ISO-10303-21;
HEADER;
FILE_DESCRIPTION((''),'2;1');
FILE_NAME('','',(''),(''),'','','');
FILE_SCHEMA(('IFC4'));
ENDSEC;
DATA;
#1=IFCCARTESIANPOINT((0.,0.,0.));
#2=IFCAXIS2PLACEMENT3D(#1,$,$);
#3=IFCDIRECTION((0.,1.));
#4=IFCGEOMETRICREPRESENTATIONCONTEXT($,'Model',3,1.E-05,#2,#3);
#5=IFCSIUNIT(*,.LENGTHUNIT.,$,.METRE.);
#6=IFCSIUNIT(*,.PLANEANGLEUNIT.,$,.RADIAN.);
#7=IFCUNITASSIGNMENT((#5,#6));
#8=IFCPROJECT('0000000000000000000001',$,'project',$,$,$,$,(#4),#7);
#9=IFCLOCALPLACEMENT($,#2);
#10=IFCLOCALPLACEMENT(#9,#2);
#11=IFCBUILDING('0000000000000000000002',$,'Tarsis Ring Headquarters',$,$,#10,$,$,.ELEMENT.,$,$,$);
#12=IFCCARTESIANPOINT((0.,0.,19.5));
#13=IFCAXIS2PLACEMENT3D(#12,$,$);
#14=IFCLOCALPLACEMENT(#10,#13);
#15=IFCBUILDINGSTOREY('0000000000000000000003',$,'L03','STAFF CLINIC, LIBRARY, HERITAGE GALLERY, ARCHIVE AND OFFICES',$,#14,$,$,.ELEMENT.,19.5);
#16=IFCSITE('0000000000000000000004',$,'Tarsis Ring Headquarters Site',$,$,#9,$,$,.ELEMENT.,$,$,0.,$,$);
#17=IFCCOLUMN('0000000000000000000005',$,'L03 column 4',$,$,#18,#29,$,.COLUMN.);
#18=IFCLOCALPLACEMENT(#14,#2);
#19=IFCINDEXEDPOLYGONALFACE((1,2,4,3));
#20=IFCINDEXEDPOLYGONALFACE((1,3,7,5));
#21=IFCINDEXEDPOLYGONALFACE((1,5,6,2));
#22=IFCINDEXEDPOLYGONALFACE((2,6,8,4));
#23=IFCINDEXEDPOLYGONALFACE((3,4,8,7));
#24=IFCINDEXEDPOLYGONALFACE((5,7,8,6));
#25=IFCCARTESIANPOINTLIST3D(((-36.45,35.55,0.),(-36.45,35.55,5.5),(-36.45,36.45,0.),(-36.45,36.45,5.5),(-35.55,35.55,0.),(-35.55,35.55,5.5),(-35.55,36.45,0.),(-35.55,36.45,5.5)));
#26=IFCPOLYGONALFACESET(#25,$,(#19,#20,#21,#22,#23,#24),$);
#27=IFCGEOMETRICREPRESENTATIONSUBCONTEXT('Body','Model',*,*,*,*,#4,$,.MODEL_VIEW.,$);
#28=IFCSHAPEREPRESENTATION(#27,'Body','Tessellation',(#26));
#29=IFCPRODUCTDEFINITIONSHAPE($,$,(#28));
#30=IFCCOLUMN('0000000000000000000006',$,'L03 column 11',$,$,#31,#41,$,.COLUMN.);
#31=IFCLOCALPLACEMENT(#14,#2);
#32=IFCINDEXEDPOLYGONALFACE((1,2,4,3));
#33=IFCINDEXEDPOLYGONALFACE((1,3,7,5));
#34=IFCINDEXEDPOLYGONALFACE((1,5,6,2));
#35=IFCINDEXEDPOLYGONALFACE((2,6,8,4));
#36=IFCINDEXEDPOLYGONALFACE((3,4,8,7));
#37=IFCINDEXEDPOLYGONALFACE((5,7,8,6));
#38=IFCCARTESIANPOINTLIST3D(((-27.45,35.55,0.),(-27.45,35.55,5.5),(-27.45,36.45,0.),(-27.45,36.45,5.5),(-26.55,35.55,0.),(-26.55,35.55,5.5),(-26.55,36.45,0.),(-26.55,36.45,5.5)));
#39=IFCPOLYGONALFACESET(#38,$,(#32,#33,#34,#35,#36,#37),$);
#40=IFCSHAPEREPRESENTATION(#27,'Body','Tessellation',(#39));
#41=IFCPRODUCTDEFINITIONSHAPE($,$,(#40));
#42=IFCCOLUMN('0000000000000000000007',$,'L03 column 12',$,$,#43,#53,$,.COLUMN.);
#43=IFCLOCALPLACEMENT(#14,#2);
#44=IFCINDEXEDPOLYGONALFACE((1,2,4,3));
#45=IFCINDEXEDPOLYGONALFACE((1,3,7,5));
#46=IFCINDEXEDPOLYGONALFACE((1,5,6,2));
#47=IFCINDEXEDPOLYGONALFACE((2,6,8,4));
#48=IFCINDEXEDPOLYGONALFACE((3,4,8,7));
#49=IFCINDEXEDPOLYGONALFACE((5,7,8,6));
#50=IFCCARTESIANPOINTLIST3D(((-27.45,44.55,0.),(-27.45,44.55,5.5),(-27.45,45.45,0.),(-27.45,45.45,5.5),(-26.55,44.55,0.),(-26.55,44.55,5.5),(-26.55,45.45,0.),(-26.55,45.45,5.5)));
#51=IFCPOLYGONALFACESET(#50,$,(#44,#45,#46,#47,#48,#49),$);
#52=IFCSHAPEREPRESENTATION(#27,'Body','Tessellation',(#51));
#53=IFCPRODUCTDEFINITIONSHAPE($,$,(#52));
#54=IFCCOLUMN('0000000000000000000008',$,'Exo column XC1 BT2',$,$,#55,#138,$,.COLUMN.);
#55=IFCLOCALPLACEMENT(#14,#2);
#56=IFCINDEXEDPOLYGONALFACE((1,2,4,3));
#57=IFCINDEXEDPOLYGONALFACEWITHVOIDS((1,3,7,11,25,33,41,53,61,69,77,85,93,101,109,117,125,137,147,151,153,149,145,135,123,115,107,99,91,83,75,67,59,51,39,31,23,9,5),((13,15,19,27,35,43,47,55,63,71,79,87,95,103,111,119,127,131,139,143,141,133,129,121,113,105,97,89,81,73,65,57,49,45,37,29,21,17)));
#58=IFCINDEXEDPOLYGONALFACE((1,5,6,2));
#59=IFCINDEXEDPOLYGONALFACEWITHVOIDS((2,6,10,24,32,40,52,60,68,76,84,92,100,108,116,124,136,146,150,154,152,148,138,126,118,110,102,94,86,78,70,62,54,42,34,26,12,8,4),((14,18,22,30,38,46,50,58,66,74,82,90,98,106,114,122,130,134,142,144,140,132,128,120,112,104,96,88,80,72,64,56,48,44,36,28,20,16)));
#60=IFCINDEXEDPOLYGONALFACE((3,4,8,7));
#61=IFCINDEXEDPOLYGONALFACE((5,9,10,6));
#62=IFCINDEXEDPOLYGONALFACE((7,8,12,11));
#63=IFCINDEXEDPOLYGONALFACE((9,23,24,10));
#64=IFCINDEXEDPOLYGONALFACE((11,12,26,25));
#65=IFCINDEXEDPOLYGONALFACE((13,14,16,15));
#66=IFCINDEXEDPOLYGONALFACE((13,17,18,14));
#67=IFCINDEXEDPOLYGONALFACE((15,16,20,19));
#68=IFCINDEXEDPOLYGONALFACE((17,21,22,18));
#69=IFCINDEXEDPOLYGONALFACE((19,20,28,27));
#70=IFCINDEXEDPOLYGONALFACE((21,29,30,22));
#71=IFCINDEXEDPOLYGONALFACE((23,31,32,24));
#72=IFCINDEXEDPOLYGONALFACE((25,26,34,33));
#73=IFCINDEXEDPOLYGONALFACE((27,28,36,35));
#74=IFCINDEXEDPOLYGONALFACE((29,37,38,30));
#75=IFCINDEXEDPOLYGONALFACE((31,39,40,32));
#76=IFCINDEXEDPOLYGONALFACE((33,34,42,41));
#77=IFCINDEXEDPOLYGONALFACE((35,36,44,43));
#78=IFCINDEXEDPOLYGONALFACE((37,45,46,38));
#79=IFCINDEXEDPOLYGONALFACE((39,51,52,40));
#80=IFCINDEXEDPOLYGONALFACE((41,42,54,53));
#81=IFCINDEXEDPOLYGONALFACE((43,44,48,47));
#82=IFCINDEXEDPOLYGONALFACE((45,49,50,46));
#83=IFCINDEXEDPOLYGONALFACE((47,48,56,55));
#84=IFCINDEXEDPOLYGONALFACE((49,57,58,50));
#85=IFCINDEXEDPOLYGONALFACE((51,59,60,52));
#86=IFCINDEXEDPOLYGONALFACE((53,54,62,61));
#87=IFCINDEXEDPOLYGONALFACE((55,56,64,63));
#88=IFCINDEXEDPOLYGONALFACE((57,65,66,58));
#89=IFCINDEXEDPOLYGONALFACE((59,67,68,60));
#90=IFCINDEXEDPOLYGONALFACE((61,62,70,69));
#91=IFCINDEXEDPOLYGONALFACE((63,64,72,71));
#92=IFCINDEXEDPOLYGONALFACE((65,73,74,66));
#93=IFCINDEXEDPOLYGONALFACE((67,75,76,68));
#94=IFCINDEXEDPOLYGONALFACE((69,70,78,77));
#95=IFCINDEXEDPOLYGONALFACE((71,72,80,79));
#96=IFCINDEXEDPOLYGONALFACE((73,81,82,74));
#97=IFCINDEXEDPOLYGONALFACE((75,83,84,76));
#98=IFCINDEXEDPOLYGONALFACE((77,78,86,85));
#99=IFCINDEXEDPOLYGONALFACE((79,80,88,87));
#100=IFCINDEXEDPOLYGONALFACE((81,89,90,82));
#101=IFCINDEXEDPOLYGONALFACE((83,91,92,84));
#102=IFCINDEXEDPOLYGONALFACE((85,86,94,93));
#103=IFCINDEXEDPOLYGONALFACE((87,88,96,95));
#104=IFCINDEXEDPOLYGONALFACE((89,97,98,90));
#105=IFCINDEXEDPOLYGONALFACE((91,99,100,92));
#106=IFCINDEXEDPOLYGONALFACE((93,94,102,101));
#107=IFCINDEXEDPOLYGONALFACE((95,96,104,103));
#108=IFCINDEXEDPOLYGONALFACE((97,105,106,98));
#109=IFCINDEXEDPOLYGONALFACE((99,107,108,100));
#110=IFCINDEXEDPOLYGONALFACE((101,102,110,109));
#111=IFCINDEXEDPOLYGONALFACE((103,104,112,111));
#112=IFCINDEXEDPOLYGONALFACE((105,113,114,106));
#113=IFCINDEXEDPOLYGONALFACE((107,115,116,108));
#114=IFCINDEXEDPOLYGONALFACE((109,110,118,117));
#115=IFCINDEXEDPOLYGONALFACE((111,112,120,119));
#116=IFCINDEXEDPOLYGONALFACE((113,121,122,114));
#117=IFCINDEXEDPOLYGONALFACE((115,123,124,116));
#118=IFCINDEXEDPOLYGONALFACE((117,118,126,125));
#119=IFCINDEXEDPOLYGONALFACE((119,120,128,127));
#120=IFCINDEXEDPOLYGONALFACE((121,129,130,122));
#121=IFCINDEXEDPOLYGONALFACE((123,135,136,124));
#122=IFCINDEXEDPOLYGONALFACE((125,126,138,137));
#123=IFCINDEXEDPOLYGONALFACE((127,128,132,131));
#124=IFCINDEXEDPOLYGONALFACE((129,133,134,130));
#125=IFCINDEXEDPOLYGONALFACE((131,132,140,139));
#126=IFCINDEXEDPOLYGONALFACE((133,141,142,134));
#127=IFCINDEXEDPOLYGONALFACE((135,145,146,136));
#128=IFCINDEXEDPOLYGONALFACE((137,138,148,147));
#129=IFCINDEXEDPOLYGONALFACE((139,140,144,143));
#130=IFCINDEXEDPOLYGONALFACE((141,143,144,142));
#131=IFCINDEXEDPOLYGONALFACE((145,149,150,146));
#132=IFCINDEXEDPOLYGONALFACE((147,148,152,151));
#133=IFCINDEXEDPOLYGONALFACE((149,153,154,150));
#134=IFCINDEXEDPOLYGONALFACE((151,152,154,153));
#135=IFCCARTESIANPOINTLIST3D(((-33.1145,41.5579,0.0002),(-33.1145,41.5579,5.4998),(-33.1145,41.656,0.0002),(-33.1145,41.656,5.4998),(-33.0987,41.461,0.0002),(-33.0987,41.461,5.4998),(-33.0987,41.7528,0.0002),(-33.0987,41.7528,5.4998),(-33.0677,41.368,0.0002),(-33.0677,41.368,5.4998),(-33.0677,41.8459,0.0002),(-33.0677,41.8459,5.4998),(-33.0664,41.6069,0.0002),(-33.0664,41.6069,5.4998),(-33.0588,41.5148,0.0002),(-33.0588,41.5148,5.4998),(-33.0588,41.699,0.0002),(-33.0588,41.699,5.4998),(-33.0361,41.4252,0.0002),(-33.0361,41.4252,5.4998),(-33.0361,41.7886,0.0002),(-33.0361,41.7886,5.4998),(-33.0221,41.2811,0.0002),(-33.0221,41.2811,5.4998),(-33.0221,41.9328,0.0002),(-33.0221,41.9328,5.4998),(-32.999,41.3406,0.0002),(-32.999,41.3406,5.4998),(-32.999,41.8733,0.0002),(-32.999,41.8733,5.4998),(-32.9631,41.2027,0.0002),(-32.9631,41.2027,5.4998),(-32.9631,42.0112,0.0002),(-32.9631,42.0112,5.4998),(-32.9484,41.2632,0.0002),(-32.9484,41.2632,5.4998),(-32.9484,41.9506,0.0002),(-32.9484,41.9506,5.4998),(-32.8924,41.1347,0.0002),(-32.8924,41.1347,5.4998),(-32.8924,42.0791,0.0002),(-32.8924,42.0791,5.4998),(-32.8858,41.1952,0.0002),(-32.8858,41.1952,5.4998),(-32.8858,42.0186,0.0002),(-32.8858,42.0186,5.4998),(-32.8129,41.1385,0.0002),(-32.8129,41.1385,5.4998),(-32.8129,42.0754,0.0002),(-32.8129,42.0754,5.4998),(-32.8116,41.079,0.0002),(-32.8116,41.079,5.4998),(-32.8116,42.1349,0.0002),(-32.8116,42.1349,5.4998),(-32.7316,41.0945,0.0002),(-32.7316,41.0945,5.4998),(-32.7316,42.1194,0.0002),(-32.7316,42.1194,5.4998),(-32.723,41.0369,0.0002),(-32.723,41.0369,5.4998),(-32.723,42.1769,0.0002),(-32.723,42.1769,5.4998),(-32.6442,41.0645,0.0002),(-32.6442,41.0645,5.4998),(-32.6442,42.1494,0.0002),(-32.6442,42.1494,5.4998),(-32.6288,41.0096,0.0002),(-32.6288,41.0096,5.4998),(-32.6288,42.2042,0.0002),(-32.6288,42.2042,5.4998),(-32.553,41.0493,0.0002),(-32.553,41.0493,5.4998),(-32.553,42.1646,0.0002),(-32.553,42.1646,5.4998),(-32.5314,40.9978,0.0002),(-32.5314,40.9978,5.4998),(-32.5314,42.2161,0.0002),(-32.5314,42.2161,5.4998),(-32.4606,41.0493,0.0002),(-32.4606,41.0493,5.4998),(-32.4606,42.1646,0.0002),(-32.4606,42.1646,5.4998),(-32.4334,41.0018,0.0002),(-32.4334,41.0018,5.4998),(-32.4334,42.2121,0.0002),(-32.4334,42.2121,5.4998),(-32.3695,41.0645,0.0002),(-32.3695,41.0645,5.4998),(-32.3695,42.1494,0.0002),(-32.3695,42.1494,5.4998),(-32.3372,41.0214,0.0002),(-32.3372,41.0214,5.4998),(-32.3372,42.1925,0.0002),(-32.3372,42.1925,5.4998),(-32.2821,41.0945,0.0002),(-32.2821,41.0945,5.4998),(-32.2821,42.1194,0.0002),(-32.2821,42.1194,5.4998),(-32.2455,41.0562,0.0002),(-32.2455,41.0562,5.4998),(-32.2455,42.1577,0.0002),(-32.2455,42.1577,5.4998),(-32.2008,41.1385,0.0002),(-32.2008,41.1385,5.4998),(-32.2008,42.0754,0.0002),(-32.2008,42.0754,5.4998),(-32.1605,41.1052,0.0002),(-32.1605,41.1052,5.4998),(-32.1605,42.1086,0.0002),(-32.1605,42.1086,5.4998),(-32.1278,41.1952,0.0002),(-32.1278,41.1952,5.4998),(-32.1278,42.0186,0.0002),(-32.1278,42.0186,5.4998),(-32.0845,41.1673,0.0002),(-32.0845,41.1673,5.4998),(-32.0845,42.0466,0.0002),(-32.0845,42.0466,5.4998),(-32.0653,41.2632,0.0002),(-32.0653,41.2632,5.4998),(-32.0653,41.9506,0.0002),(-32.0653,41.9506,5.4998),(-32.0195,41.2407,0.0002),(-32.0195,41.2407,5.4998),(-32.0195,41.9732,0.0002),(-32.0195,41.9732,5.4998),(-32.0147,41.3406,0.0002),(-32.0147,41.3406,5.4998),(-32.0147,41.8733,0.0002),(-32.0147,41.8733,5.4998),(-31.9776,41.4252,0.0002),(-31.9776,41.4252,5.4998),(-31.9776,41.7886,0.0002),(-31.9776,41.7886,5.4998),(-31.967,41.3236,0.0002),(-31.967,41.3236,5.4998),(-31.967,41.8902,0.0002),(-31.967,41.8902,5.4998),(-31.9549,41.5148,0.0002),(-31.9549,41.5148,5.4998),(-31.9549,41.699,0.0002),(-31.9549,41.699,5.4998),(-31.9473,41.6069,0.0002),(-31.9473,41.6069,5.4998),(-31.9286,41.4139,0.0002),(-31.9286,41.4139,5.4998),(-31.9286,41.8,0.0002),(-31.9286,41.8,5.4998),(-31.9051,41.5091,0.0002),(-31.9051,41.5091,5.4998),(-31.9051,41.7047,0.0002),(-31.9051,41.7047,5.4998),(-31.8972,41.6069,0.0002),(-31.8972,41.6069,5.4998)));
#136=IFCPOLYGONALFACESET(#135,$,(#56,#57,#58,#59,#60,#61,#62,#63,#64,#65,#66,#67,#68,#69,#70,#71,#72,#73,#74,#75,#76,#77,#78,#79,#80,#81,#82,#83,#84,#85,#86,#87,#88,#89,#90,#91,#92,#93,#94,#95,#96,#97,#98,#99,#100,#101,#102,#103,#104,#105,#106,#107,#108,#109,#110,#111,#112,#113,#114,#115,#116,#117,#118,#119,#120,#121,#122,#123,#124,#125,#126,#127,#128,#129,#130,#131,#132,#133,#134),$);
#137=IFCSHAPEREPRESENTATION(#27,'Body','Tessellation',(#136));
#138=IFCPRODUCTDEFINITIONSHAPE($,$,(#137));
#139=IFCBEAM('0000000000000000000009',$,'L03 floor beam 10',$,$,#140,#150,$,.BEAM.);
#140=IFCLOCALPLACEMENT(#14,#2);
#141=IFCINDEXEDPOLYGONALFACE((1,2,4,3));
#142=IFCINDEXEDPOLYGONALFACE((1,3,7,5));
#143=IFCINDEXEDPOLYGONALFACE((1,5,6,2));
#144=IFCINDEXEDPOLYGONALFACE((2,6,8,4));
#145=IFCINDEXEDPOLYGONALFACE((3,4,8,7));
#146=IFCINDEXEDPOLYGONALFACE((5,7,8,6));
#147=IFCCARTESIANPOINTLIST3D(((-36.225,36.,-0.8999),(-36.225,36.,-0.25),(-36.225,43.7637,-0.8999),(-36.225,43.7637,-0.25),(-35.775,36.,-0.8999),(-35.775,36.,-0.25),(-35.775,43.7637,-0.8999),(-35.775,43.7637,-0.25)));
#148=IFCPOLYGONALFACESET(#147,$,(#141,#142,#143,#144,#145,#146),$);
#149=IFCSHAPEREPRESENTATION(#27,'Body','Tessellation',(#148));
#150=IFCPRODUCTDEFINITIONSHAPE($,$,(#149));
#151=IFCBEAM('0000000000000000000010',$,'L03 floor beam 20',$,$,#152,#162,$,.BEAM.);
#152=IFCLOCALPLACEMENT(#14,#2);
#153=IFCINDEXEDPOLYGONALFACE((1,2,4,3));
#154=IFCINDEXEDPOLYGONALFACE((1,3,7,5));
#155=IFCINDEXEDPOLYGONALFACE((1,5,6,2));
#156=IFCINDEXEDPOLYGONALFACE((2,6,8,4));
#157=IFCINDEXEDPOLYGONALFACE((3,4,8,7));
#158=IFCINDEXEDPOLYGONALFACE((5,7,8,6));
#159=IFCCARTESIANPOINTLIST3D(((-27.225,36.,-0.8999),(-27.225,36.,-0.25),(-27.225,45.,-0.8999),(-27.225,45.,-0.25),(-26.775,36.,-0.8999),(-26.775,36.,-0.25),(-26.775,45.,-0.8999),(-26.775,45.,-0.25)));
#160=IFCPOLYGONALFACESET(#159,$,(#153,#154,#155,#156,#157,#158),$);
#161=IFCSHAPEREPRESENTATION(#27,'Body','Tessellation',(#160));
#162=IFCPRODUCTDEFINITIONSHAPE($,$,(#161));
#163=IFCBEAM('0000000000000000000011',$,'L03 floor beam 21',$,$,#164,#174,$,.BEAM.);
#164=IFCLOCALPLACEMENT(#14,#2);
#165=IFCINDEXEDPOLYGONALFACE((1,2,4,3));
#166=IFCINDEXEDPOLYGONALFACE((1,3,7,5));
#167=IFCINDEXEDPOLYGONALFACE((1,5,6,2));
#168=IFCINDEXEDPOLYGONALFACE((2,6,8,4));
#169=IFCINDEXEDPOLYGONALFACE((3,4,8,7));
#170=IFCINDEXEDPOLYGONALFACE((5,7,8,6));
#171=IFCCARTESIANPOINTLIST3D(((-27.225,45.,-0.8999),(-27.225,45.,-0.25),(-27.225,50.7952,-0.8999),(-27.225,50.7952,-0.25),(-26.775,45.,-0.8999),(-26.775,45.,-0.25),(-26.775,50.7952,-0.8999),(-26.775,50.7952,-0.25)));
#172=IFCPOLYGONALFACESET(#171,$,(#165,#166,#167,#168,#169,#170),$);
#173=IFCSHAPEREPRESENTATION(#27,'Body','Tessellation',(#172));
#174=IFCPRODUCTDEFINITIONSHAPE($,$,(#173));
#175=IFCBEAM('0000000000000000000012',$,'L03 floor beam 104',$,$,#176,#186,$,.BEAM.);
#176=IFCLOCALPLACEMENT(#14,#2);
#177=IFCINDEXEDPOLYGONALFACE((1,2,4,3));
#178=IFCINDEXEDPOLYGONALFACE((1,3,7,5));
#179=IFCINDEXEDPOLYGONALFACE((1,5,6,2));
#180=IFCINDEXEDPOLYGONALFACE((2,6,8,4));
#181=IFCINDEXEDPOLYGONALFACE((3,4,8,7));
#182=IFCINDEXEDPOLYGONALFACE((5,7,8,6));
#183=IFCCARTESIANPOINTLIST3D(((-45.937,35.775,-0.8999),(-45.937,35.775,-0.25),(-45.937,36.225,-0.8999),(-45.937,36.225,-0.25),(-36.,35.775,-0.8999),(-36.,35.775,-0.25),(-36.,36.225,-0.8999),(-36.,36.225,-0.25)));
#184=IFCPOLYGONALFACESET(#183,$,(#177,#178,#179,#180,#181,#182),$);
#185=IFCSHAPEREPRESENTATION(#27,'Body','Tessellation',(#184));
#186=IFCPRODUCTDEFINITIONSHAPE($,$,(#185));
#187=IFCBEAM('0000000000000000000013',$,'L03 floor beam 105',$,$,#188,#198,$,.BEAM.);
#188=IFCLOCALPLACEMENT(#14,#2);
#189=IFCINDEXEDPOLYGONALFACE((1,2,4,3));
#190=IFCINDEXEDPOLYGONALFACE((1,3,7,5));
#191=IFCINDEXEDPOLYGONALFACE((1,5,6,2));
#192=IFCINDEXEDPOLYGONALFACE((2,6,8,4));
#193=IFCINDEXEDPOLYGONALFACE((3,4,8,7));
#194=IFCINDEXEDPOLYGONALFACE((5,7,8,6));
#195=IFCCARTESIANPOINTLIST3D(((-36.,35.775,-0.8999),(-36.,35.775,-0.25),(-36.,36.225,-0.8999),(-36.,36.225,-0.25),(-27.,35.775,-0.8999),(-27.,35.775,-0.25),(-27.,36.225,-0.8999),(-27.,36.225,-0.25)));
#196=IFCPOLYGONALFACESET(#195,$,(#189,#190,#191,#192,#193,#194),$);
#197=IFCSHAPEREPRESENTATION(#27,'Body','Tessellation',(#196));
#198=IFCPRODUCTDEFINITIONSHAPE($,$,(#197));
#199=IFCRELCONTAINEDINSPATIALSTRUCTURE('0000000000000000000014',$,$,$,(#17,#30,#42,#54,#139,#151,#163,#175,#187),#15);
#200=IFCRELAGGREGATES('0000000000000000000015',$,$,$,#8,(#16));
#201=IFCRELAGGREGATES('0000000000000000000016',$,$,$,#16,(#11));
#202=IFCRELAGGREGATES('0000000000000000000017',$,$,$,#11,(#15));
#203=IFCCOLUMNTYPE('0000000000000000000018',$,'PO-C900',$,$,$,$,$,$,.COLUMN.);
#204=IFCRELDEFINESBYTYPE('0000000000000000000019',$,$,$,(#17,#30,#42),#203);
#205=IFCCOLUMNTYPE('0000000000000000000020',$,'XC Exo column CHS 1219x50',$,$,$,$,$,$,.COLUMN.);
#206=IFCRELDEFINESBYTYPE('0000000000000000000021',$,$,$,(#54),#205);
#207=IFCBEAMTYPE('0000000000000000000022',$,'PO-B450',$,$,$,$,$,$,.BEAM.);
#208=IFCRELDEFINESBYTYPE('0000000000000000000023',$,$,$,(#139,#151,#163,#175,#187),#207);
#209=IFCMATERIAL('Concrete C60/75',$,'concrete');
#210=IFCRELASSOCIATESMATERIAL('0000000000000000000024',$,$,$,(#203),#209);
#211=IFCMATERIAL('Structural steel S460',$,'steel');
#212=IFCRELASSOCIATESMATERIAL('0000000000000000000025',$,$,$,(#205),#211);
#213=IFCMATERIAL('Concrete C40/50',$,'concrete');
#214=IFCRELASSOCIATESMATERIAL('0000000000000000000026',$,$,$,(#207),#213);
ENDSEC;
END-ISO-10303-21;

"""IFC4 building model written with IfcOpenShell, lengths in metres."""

from ifc_helpers import new_model, si_unit, direction, frame, origin, origin_2d, place, context, subcontext, project, spatial, rectangle, hollow_circle, extrude, material, material_profile, profile_set, type_object, element, save


model = new_model("IFC4")

# Units and contexts
model_context = context("Model", 3, precision=1e-05, world=origin(), true_north=direction((0.0, 1.0)))
body_context = subcontext(model_context, "Body", "Model", "MODEL_VIEW")
ifc_project = project(units=[si_unit("LENGTHUNIT", "METRE"), si_unit("PLANEANGLEUNIT", "RADIAN")], contexts=[model_context])

# Site, building, storey
site_placement = place(None, origin())
site = spatial("IfcSite", under=ifc_project, at=site_placement, Name="Tarsis Ring Headquarters Site", CompositionType="ELEMENT", RefElevation=0.0)
building_placement = place(site_placement, origin())
building = spatial("IfcBuilding", under=site, at=building_placement, Name="Tarsis Ring Headquarters", CompositionType="ELEMENT")
storey_placement = place(building_placement, frame((0.0, 0.0, 19.5)))
storey = spatial("IfcBuildingStorey", under=building, at=storey_placement, Name="L03", Description="STAFF CLINIC, LIBRARY, HERITAGE GALLERY, ARCHIVE AND OFFICES", CompositionType="ELEMENT", Elevation=19.5)

# Columns
ifc_material_1 = material(Name="Concrete C60/75", Category="concrete")
ifc_material_profile_1 = material_profile(ifc_material_1, rectangle(XDim=0.8999, YDim=0.8999, at=origin_2d()), Name="PO-C900")
ifc_profile_set_1 = profile_set([ifc_material_profile_1], Name="Concrete C60/75")
column_type_1 = type_object("IfcColumnType", Name="PO-C900", PredefinedType="COLUMN", material=ifc_profile_set_1)
for number, where, z_axis, x_axis, name in (
    (1, (-36.0, 36.0, 0.0), (0.0, 0.0, 1.0), (1.0, 0.0, 0.0), "L03 column 4"),
    (2, (-27.0, 36.0, 0.0), (0.0, 0.0, 1.0), (1.0, 0.0, 0.0), "L03 column 11"),
    (3, (-27.0, 45.0, 0.0), (0.0, 0.0, 1.0), (1.0, 0.0, 0.0), "L03 column 12"),
):
    element("IfcColumn", number, at=place(storey_placement, frame(where, z_axis=z_axis, x_axis=x_axis)), inside=storey, type_object=column_type_1, Name=name, PredefinedType="COLUMN", context=body_context, shape_type="SweptSolid", body=[
        extrude(rectangle(XDim=0.8999, YDim=0.8999, at=origin_2d()), origin(), (0.0, 0.0, 1.0), 5.5),
    ])
ifc_material_2 = material(Name="Structural steel S460", Category="steel")
ifc_material_profile_2 = material_profile(ifc_material_2, hollow_circle(Radius=0.6096, WallThickness=0.05, at=origin_2d()), Name="CHS 1219x50")
ifc_profile_set_2 = profile_set([ifc_material_profile_2], Name="Structural steel S460")
column_type_2 = type_object("IfcColumnType", Name="XC Exo column CHS 1219x50", PredefinedType="COLUMN", material=ifc_profile_set_2)
column_placement = place(storey_placement, frame((-32.5068, 41.6069, 0.0002), z_axis=(0.0, 0.0, 1.0), x_axis=(1.0, 0.0, 0.0)))
element("IfcColumn", 4, at=column_placement, inside=storey, type_object=column_type_2, Name="Exo column XC1 BT2", PredefinedType="COLUMN", context=body_context, shape_type="SweptSolid", body=[
    extrude(hollow_circle(Radius=0.6096, WallThickness=0.05, at=origin_2d()), origin(), (0.0, 0.0, 1.0), 5.4995),
])

# Beams
ifc_material_3 = material(Name="Concrete C40/50", Category="concrete")
ifc_material_profile_3 = material_profile(ifc_material_3, rectangle(XDim=0.45, YDim=0.6499, at=origin_2d()), Name="PO-B450")
ifc_profile_set_3 = profile_set([ifc_material_profile_3], Name="Concrete C40/50")
beam_type_1 = type_object("IfcBeamType", Name="PO-B450", PredefinedType="BEAM", material=ifc_profile_set_3)
beam_1_placement = place(storey_placement, frame((-36.0, 36.0, -0.575), z_axis=(0.0, 1.0, 0.0), x_axis=(-1.0, 0.0, 0.0)))
element("IfcBeam", 5, at=beam_1_placement, inside=storey, type_object=beam_type_1, Name="L03 floor beam 10", PredefinedType="BEAM", context=body_context, shape_type="SweptSolid", body=[
    extrude(rectangle(XDim=0.45, YDim=0.6499, at=origin_2d()), origin(), (0.0, 0.0, 1.0), 7.7637),
])
beam_2_placement = place(storey_placement, frame((-27.0, 36.0, -0.575), z_axis=(0.0, 1.0, 0.0), x_axis=(-1.0, 0.0, 0.0)))
element("IfcBeam", 6, at=beam_2_placement, inside=storey, type_object=beam_type_1, Name="L03 floor beam 20", PredefinedType="BEAM", context=body_context, shape_type="SweptSolid", body=[
    extrude(rectangle(XDim=0.45, YDim=0.6499, at=origin_2d()), origin(), (0.0, 0.0, 1.0), 9.0),
])
beam_3_placement = place(storey_placement, frame((-27.0, 45.0, -0.575), z_axis=(0.0, 1.0, 0.0), x_axis=(-1.0, 0.0, 0.0)))
element("IfcBeam", 7, at=beam_3_placement, inside=storey, type_object=beam_type_1, Name="L03 floor beam 21", PredefinedType="BEAM", context=body_context, shape_type="SweptSolid", body=[
    extrude(rectangle(XDim=0.45, YDim=0.6499, at=origin_2d()), origin(), (0.0, 0.0, 1.0), 5.7952),
])
beam_4_placement = place(storey_placement, frame((-45.937, 36.0, -0.575), z_axis=(1.0, 0.0, 0.0), x_axis=(0.0, 1.0, 0.0)))
element("IfcBeam", 8, at=beam_4_placement, inside=storey, type_object=beam_type_1, Name="L03 floor beam 104", PredefinedType="BEAM", context=body_context, shape_type="SweptSolid", body=[
    extrude(rectangle(XDim=0.45, YDim=0.6499, at=origin_2d()), origin(), (0.0, 0.0, 1.0), 9.937),
])
for number, where, z_axis, x_axis, name in (
    (9, (-36.0, 36.0, -0.575), (1.0, 0.0, 0.0), (0.0, 1.0, 0.0), "L03 floor beam 105"),
):
    element("IfcBeam", number, at=place(storey_placement, frame(where, z_axis=z_axis, x_axis=x_axis)), inside=storey, type_object=beam_type_1, Name=name, PredefinedType="BEAM", context=body_context, shape_type="SweptSolid", body=[
        extrude(rectangle(XDim=0.45, YDim=0.6499, at=origin_2d()), origin(), (0.0, 0.0, 1.0), 9.0),
    ])

save(model, "model.ifc")
